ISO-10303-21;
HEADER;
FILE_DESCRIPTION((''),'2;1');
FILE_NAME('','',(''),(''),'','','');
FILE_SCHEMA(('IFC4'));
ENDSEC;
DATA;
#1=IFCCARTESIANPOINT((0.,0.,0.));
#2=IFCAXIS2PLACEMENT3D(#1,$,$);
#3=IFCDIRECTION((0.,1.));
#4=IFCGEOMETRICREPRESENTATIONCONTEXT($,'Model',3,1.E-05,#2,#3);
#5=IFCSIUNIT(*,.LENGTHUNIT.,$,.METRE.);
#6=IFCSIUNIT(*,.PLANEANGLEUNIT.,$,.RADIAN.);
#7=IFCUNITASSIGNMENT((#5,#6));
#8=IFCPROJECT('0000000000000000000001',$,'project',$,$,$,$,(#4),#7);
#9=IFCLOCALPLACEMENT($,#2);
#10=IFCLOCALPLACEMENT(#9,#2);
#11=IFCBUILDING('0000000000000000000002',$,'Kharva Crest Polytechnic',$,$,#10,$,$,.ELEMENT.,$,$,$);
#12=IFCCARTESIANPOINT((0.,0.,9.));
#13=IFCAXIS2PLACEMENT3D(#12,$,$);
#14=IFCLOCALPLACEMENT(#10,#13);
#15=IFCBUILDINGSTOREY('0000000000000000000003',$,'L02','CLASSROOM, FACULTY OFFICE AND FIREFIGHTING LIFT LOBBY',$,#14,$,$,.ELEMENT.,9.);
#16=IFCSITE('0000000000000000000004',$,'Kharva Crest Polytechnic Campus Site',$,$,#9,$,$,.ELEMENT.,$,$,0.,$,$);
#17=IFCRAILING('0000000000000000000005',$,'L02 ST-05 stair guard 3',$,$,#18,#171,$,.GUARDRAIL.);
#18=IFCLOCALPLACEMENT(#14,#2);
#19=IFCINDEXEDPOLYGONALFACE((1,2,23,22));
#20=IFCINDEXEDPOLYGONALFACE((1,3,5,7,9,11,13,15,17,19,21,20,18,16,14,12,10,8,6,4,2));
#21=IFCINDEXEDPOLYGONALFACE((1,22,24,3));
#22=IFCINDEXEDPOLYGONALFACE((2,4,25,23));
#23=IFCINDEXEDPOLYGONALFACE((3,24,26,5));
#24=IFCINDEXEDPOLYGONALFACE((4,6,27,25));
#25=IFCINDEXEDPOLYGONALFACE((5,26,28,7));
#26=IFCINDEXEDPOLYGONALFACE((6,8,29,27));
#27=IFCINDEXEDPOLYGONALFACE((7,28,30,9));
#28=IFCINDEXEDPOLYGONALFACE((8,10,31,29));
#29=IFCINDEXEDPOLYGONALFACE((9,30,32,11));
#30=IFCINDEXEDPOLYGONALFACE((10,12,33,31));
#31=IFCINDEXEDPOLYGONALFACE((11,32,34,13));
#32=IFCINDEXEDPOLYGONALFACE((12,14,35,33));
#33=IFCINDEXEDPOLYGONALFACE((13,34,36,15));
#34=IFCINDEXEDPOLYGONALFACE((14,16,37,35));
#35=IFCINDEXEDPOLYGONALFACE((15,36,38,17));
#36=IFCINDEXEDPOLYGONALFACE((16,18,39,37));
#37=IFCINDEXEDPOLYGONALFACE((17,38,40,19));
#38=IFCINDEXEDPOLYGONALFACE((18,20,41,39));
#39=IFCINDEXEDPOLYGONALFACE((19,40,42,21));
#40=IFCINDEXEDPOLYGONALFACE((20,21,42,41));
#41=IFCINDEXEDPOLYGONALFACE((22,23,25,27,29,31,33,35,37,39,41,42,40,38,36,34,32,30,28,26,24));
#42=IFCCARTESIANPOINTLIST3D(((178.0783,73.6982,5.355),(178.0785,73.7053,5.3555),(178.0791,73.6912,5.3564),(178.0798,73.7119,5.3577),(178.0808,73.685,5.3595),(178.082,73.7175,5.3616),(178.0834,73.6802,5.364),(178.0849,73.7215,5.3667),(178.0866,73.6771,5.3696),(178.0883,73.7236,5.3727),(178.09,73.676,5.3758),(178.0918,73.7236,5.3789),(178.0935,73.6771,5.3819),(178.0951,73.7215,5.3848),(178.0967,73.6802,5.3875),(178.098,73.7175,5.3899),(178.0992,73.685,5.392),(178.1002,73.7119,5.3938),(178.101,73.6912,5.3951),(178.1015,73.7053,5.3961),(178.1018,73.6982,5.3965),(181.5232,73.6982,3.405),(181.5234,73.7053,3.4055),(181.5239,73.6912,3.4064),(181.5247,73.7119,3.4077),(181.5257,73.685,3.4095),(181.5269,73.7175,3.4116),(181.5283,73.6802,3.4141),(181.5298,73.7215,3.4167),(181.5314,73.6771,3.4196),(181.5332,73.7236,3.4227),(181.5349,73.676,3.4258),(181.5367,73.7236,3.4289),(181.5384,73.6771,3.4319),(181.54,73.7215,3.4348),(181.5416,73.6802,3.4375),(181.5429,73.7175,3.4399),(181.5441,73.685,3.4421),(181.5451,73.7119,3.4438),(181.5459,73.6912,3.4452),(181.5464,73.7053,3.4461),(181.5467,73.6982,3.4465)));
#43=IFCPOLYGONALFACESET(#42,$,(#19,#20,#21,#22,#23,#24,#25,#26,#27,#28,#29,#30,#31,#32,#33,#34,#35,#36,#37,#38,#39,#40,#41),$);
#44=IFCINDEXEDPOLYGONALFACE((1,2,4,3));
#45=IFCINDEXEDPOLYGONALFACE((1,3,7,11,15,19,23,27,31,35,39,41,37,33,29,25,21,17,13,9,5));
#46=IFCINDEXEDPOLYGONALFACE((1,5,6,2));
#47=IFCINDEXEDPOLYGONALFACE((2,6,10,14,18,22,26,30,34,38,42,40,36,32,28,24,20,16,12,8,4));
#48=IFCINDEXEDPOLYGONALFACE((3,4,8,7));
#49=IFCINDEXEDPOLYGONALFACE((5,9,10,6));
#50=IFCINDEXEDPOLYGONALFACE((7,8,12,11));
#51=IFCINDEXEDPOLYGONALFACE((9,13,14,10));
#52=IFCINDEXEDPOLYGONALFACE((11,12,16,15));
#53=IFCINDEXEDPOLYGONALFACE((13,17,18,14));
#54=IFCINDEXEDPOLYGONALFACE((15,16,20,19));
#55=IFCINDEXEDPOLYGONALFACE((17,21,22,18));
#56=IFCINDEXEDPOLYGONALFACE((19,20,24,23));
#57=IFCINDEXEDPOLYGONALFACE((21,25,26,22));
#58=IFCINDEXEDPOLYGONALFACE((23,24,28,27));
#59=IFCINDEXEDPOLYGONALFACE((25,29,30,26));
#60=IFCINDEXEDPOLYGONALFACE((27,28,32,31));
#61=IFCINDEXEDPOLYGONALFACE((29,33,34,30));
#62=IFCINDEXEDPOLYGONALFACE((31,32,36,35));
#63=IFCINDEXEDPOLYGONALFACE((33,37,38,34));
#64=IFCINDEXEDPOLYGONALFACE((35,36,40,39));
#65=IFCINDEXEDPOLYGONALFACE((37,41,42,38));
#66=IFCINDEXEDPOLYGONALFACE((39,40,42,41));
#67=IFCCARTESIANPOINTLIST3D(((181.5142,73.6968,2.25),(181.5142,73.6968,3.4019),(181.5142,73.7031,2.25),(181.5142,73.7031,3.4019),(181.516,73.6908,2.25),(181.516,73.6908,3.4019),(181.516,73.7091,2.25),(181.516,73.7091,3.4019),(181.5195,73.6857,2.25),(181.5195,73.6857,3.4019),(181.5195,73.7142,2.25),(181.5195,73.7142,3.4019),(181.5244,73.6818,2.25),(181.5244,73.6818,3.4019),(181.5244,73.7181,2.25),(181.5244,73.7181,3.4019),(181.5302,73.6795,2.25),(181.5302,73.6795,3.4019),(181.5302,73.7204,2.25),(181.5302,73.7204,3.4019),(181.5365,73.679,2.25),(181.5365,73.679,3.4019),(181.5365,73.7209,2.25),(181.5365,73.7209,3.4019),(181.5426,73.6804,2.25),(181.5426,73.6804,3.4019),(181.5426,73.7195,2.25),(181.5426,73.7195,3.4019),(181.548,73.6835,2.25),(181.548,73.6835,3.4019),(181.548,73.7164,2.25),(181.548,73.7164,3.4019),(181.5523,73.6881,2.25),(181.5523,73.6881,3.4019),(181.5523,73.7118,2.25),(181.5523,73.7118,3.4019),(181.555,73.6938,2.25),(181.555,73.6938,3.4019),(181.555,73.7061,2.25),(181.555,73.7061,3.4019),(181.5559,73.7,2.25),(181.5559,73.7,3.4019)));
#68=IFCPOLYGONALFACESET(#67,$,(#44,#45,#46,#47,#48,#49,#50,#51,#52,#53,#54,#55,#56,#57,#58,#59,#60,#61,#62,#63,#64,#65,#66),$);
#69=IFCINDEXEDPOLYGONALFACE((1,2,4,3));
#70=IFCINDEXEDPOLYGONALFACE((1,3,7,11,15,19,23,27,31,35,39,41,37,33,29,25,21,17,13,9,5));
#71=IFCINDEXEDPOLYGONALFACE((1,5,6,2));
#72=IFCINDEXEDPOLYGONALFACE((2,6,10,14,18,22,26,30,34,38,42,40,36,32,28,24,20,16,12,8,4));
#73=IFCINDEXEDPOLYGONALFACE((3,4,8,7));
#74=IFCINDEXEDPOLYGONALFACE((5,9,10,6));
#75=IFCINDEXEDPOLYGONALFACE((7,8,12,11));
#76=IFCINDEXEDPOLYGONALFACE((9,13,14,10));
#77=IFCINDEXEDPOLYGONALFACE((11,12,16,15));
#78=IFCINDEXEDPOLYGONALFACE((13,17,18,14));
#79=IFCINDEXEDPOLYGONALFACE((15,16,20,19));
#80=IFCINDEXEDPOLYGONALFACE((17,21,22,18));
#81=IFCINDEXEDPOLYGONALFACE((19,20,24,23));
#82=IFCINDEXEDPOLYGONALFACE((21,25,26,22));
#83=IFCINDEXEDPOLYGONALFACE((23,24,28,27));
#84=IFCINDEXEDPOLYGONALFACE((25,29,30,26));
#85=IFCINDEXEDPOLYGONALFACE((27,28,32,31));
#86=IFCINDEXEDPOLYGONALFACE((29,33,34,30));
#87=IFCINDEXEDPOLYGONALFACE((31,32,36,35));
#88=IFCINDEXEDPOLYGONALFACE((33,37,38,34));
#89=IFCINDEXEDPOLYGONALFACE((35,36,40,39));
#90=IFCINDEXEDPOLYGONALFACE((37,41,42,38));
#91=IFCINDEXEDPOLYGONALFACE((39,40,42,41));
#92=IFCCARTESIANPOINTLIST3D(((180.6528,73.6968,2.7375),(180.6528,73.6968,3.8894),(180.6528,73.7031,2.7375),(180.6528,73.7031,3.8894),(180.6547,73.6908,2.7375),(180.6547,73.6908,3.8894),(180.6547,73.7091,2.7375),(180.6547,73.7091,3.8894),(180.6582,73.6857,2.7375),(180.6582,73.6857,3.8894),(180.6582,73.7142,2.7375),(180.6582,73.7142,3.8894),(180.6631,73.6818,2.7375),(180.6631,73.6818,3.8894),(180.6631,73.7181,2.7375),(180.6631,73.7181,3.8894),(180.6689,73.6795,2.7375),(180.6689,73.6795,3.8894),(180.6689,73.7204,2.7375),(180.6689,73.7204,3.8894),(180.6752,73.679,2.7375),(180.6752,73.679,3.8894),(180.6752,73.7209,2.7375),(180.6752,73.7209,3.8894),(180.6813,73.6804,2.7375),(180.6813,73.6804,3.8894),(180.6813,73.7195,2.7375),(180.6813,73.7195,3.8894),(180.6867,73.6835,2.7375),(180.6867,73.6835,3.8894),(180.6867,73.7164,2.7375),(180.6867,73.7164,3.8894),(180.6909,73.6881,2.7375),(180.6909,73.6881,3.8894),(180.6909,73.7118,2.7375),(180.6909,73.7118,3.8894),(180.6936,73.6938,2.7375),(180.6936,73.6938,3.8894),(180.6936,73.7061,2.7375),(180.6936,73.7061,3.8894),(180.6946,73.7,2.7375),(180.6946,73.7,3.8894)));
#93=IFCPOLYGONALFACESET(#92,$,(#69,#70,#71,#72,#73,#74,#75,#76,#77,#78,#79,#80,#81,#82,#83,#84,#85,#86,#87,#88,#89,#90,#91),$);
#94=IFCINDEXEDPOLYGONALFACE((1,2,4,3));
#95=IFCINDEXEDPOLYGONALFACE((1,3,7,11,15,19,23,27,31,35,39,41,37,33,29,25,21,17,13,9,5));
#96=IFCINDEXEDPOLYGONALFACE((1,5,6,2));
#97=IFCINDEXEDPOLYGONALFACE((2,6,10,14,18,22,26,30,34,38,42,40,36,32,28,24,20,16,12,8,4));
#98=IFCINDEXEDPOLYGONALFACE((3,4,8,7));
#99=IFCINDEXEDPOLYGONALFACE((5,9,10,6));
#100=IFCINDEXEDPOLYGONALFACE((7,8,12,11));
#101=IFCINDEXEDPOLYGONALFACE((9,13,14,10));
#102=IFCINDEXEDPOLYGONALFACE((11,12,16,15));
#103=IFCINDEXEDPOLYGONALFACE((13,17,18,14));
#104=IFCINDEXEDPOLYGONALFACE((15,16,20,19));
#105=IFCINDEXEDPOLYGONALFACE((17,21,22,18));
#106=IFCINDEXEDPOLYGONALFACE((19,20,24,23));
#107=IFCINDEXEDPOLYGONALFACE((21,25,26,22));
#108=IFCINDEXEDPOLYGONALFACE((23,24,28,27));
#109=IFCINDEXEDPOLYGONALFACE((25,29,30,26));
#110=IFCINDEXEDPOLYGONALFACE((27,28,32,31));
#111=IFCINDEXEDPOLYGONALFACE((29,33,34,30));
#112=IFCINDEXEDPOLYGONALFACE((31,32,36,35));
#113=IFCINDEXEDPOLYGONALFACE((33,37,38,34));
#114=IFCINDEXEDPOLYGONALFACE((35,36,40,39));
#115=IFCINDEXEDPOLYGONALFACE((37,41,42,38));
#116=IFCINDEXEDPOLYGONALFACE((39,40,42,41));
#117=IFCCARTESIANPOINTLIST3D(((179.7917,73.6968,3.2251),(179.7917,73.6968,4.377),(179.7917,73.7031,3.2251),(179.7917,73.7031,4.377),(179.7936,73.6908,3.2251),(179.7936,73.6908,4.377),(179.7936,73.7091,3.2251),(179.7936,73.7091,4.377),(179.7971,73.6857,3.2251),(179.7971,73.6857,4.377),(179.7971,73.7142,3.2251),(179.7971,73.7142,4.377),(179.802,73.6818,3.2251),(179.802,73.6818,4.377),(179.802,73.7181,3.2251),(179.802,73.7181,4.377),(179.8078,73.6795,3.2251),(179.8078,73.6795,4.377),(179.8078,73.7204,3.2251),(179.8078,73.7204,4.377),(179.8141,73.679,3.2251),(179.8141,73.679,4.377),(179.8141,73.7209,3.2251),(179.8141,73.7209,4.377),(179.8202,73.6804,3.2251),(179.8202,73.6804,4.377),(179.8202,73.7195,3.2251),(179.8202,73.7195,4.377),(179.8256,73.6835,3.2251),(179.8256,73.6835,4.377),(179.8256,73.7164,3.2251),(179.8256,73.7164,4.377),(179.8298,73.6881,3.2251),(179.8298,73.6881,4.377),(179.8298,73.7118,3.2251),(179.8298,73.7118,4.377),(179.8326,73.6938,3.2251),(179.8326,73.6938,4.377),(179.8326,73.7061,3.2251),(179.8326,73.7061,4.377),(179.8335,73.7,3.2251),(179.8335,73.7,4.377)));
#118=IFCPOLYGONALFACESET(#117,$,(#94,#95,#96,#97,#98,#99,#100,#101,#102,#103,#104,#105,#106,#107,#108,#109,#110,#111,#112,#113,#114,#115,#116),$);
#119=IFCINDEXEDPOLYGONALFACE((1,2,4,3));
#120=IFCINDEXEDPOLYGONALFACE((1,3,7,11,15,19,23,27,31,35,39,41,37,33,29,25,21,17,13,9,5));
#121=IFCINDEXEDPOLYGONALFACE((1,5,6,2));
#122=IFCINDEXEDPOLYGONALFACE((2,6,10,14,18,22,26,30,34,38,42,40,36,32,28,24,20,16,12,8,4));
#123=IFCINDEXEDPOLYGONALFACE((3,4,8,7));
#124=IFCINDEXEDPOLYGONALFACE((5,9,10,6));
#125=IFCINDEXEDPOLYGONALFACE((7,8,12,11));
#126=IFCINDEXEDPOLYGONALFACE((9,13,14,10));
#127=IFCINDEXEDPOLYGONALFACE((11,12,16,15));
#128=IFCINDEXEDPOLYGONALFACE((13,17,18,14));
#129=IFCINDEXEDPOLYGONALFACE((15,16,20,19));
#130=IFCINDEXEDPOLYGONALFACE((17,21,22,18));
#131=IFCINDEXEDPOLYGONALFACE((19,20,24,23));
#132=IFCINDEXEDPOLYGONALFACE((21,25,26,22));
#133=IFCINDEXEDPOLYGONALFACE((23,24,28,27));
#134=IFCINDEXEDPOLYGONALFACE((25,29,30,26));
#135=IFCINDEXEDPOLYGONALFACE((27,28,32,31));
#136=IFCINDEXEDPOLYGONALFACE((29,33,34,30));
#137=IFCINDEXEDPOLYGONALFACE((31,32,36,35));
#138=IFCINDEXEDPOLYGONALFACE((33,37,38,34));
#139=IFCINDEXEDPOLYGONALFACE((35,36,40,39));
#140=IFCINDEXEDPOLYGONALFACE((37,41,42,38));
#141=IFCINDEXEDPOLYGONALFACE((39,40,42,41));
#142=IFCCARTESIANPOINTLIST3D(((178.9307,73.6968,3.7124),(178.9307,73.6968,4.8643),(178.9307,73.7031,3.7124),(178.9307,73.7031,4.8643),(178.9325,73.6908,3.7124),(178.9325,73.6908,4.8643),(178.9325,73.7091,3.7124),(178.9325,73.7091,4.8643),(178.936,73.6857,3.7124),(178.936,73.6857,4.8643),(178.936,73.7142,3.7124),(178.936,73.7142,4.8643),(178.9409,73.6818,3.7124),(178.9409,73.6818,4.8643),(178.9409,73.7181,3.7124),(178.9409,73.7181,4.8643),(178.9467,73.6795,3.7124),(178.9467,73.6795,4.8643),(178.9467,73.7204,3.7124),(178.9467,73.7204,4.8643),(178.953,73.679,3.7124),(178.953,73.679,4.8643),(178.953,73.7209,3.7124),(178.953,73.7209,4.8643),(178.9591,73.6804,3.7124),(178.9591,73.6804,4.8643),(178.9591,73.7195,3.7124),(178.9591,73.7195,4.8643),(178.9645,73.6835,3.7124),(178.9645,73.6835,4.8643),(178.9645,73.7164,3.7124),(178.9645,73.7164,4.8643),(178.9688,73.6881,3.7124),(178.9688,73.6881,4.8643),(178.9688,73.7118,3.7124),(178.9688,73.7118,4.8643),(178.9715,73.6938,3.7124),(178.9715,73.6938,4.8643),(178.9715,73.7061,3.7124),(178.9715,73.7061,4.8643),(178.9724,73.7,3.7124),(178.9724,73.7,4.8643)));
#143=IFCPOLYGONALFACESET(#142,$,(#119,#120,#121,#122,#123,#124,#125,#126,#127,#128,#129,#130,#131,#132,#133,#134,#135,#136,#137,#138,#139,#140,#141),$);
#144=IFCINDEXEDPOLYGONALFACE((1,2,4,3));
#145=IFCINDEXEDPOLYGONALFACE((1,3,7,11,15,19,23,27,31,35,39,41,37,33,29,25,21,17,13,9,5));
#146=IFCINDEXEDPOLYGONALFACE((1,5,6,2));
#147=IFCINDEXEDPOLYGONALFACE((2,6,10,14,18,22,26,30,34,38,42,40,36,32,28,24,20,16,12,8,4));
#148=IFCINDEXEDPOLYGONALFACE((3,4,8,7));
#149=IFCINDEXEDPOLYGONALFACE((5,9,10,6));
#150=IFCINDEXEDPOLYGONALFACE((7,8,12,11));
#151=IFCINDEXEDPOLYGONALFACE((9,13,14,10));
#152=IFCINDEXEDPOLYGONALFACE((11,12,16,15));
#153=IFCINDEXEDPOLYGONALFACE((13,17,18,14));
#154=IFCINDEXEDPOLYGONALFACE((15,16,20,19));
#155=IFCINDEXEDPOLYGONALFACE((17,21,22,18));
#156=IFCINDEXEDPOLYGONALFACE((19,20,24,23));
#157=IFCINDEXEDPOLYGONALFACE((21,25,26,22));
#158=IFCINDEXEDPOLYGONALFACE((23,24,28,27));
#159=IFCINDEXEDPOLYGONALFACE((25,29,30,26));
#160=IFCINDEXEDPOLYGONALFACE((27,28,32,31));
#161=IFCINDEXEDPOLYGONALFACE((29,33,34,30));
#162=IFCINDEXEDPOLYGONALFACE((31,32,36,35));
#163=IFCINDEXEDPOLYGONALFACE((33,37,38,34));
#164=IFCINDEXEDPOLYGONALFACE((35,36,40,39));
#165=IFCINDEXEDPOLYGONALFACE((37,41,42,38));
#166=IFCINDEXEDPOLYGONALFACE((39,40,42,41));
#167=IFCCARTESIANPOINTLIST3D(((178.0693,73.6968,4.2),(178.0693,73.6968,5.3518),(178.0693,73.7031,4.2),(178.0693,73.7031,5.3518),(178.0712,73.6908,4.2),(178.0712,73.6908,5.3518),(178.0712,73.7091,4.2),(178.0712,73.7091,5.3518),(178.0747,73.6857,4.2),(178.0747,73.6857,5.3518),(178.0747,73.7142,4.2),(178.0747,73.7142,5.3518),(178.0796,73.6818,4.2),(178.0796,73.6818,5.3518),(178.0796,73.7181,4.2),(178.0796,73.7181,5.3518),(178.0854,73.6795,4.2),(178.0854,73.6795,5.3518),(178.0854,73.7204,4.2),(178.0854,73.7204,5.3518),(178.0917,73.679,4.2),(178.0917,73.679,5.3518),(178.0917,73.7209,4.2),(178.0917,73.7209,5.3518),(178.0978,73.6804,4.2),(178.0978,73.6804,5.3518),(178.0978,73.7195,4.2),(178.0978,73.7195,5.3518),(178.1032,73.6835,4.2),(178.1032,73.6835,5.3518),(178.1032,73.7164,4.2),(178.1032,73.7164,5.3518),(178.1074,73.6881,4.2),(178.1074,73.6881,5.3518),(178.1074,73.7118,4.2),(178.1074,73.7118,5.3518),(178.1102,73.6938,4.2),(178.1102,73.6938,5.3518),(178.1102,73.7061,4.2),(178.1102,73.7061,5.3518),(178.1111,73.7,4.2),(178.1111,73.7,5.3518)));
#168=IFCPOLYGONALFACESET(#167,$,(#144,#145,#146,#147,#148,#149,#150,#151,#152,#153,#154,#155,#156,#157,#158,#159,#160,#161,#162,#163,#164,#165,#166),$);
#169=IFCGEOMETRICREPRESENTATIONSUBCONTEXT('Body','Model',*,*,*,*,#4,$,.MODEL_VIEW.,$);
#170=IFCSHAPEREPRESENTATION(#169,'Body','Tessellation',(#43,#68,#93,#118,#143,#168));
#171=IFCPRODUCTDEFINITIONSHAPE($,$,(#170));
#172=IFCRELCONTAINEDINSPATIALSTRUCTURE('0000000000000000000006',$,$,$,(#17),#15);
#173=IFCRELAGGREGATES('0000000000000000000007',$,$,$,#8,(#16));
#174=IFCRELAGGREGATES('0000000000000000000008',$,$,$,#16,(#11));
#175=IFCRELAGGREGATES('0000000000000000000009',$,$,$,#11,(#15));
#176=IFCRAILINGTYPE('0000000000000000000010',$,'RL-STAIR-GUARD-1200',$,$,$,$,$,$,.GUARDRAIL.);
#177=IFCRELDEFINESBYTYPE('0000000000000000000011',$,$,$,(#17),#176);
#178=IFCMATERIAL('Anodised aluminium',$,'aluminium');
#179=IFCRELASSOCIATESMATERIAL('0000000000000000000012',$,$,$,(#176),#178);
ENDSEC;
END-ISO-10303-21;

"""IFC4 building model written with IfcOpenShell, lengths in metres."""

from ifc_helpers import new_model, si_unit, direction, frame, origin, origin_2d, place, context, subcontext, project, spatial, circle, extrude, material, type_object, element, save


model = new_model("IFC4")

# Units and contexts
model_context = context("Model", 3, precision=1e-05, world=origin(), true_north=direction((0.0, 1.0)))
body_context = subcontext(model_context, "Body", "Model", "MODEL_VIEW")
ifc_project = project(units=[si_unit("LENGTHUNIT", "METRE"), si_unit("PLANEANGLEUNIT", "RADIAN")], contexts=[model_context])

# Site, building, storey
site_placement = place(None, origin())
site = spatial("IfcSite", under=ifc_project, at=site_placement, Name="Kharva Crest Polytechnic Campus Site", CompositionType="ELEMENT", RefElevation=0.0)
building_placement = place(site_placement, origin())
building = spatial("IfcBuilding", under=site, at=building_placement, Name="Kharva Crest Polytechnic", CompositionType="ELEMENT")
storey_placement = place(building_placement, frame((0.0, 0.0, 9.0)))
storey = spatial("IfcBuildingStorey", under=building, at=storey_placement, Name="L02", Description="CLASSROOM, FACULTY OFFICE AND FIREFIGHTING LIFT LOBBY", CompositionType="ELEMENT", Elevation=9.0)

# Railing
ifc_material_1 = material(Name="Anodised aluminium", Category="aluminium")
railing_type_1 = type_object("IfcRailingType", Name="RL-STAIR-GUARD-1200", PredefinedType="GUARDRAIL", material=ifc_material_1)
railing_1_placement = place(storey_placement, frame((181.5349, 73.7, 2.25)))
element("IfcRailing", 1, at=railing_1_placement, inside=storey, type_object=railing_type_1, Name="L02 ST-05 stair guard 3", PredefinedType="GUARDRAIL", context=body_context, shape_type="SweptSolid", body=[
    extrude(circle(Radius=0.0239, at=origin_2d()), frame((0.0, 0.0, 1.1758), z_axis=(-0.870251, 0.0, 0.492608), x_axis=(0.0, -1.0, 0.0)), (0.0, 0.0, 1.0), 3.9585),
    extrude(circle(Radius=0.021, at=origin_2d()), origin(), (0.0, 0.0, 1.0), 1.1519),
    extrude(circle(Radius=0.021, at=origin_2d()), frame((-0.8613, 0.0, 0.4875)), (0.0, 0.0, 1.0), 1.1519),
    extrude(circle(Radius=0.021, at=origin_2d()), frame((-1.7224, 0.0, 0.9751)), (0.0, 0.0, 1.0), 1.1519),
    extrude(circle(Radius=0.021, at=origin_2d()), frame((-2.5835, 0.0, 1.4624)), (0.0, 0.0, 1.0), 1.1519),
    extrude(circle(Radius=0.021, at=origin_2d()), frame((-3.4448, 0.0, 1.95)), (0.0, 0.0, 1.0), 1.1519),
])

save(model, "model.ifc")
